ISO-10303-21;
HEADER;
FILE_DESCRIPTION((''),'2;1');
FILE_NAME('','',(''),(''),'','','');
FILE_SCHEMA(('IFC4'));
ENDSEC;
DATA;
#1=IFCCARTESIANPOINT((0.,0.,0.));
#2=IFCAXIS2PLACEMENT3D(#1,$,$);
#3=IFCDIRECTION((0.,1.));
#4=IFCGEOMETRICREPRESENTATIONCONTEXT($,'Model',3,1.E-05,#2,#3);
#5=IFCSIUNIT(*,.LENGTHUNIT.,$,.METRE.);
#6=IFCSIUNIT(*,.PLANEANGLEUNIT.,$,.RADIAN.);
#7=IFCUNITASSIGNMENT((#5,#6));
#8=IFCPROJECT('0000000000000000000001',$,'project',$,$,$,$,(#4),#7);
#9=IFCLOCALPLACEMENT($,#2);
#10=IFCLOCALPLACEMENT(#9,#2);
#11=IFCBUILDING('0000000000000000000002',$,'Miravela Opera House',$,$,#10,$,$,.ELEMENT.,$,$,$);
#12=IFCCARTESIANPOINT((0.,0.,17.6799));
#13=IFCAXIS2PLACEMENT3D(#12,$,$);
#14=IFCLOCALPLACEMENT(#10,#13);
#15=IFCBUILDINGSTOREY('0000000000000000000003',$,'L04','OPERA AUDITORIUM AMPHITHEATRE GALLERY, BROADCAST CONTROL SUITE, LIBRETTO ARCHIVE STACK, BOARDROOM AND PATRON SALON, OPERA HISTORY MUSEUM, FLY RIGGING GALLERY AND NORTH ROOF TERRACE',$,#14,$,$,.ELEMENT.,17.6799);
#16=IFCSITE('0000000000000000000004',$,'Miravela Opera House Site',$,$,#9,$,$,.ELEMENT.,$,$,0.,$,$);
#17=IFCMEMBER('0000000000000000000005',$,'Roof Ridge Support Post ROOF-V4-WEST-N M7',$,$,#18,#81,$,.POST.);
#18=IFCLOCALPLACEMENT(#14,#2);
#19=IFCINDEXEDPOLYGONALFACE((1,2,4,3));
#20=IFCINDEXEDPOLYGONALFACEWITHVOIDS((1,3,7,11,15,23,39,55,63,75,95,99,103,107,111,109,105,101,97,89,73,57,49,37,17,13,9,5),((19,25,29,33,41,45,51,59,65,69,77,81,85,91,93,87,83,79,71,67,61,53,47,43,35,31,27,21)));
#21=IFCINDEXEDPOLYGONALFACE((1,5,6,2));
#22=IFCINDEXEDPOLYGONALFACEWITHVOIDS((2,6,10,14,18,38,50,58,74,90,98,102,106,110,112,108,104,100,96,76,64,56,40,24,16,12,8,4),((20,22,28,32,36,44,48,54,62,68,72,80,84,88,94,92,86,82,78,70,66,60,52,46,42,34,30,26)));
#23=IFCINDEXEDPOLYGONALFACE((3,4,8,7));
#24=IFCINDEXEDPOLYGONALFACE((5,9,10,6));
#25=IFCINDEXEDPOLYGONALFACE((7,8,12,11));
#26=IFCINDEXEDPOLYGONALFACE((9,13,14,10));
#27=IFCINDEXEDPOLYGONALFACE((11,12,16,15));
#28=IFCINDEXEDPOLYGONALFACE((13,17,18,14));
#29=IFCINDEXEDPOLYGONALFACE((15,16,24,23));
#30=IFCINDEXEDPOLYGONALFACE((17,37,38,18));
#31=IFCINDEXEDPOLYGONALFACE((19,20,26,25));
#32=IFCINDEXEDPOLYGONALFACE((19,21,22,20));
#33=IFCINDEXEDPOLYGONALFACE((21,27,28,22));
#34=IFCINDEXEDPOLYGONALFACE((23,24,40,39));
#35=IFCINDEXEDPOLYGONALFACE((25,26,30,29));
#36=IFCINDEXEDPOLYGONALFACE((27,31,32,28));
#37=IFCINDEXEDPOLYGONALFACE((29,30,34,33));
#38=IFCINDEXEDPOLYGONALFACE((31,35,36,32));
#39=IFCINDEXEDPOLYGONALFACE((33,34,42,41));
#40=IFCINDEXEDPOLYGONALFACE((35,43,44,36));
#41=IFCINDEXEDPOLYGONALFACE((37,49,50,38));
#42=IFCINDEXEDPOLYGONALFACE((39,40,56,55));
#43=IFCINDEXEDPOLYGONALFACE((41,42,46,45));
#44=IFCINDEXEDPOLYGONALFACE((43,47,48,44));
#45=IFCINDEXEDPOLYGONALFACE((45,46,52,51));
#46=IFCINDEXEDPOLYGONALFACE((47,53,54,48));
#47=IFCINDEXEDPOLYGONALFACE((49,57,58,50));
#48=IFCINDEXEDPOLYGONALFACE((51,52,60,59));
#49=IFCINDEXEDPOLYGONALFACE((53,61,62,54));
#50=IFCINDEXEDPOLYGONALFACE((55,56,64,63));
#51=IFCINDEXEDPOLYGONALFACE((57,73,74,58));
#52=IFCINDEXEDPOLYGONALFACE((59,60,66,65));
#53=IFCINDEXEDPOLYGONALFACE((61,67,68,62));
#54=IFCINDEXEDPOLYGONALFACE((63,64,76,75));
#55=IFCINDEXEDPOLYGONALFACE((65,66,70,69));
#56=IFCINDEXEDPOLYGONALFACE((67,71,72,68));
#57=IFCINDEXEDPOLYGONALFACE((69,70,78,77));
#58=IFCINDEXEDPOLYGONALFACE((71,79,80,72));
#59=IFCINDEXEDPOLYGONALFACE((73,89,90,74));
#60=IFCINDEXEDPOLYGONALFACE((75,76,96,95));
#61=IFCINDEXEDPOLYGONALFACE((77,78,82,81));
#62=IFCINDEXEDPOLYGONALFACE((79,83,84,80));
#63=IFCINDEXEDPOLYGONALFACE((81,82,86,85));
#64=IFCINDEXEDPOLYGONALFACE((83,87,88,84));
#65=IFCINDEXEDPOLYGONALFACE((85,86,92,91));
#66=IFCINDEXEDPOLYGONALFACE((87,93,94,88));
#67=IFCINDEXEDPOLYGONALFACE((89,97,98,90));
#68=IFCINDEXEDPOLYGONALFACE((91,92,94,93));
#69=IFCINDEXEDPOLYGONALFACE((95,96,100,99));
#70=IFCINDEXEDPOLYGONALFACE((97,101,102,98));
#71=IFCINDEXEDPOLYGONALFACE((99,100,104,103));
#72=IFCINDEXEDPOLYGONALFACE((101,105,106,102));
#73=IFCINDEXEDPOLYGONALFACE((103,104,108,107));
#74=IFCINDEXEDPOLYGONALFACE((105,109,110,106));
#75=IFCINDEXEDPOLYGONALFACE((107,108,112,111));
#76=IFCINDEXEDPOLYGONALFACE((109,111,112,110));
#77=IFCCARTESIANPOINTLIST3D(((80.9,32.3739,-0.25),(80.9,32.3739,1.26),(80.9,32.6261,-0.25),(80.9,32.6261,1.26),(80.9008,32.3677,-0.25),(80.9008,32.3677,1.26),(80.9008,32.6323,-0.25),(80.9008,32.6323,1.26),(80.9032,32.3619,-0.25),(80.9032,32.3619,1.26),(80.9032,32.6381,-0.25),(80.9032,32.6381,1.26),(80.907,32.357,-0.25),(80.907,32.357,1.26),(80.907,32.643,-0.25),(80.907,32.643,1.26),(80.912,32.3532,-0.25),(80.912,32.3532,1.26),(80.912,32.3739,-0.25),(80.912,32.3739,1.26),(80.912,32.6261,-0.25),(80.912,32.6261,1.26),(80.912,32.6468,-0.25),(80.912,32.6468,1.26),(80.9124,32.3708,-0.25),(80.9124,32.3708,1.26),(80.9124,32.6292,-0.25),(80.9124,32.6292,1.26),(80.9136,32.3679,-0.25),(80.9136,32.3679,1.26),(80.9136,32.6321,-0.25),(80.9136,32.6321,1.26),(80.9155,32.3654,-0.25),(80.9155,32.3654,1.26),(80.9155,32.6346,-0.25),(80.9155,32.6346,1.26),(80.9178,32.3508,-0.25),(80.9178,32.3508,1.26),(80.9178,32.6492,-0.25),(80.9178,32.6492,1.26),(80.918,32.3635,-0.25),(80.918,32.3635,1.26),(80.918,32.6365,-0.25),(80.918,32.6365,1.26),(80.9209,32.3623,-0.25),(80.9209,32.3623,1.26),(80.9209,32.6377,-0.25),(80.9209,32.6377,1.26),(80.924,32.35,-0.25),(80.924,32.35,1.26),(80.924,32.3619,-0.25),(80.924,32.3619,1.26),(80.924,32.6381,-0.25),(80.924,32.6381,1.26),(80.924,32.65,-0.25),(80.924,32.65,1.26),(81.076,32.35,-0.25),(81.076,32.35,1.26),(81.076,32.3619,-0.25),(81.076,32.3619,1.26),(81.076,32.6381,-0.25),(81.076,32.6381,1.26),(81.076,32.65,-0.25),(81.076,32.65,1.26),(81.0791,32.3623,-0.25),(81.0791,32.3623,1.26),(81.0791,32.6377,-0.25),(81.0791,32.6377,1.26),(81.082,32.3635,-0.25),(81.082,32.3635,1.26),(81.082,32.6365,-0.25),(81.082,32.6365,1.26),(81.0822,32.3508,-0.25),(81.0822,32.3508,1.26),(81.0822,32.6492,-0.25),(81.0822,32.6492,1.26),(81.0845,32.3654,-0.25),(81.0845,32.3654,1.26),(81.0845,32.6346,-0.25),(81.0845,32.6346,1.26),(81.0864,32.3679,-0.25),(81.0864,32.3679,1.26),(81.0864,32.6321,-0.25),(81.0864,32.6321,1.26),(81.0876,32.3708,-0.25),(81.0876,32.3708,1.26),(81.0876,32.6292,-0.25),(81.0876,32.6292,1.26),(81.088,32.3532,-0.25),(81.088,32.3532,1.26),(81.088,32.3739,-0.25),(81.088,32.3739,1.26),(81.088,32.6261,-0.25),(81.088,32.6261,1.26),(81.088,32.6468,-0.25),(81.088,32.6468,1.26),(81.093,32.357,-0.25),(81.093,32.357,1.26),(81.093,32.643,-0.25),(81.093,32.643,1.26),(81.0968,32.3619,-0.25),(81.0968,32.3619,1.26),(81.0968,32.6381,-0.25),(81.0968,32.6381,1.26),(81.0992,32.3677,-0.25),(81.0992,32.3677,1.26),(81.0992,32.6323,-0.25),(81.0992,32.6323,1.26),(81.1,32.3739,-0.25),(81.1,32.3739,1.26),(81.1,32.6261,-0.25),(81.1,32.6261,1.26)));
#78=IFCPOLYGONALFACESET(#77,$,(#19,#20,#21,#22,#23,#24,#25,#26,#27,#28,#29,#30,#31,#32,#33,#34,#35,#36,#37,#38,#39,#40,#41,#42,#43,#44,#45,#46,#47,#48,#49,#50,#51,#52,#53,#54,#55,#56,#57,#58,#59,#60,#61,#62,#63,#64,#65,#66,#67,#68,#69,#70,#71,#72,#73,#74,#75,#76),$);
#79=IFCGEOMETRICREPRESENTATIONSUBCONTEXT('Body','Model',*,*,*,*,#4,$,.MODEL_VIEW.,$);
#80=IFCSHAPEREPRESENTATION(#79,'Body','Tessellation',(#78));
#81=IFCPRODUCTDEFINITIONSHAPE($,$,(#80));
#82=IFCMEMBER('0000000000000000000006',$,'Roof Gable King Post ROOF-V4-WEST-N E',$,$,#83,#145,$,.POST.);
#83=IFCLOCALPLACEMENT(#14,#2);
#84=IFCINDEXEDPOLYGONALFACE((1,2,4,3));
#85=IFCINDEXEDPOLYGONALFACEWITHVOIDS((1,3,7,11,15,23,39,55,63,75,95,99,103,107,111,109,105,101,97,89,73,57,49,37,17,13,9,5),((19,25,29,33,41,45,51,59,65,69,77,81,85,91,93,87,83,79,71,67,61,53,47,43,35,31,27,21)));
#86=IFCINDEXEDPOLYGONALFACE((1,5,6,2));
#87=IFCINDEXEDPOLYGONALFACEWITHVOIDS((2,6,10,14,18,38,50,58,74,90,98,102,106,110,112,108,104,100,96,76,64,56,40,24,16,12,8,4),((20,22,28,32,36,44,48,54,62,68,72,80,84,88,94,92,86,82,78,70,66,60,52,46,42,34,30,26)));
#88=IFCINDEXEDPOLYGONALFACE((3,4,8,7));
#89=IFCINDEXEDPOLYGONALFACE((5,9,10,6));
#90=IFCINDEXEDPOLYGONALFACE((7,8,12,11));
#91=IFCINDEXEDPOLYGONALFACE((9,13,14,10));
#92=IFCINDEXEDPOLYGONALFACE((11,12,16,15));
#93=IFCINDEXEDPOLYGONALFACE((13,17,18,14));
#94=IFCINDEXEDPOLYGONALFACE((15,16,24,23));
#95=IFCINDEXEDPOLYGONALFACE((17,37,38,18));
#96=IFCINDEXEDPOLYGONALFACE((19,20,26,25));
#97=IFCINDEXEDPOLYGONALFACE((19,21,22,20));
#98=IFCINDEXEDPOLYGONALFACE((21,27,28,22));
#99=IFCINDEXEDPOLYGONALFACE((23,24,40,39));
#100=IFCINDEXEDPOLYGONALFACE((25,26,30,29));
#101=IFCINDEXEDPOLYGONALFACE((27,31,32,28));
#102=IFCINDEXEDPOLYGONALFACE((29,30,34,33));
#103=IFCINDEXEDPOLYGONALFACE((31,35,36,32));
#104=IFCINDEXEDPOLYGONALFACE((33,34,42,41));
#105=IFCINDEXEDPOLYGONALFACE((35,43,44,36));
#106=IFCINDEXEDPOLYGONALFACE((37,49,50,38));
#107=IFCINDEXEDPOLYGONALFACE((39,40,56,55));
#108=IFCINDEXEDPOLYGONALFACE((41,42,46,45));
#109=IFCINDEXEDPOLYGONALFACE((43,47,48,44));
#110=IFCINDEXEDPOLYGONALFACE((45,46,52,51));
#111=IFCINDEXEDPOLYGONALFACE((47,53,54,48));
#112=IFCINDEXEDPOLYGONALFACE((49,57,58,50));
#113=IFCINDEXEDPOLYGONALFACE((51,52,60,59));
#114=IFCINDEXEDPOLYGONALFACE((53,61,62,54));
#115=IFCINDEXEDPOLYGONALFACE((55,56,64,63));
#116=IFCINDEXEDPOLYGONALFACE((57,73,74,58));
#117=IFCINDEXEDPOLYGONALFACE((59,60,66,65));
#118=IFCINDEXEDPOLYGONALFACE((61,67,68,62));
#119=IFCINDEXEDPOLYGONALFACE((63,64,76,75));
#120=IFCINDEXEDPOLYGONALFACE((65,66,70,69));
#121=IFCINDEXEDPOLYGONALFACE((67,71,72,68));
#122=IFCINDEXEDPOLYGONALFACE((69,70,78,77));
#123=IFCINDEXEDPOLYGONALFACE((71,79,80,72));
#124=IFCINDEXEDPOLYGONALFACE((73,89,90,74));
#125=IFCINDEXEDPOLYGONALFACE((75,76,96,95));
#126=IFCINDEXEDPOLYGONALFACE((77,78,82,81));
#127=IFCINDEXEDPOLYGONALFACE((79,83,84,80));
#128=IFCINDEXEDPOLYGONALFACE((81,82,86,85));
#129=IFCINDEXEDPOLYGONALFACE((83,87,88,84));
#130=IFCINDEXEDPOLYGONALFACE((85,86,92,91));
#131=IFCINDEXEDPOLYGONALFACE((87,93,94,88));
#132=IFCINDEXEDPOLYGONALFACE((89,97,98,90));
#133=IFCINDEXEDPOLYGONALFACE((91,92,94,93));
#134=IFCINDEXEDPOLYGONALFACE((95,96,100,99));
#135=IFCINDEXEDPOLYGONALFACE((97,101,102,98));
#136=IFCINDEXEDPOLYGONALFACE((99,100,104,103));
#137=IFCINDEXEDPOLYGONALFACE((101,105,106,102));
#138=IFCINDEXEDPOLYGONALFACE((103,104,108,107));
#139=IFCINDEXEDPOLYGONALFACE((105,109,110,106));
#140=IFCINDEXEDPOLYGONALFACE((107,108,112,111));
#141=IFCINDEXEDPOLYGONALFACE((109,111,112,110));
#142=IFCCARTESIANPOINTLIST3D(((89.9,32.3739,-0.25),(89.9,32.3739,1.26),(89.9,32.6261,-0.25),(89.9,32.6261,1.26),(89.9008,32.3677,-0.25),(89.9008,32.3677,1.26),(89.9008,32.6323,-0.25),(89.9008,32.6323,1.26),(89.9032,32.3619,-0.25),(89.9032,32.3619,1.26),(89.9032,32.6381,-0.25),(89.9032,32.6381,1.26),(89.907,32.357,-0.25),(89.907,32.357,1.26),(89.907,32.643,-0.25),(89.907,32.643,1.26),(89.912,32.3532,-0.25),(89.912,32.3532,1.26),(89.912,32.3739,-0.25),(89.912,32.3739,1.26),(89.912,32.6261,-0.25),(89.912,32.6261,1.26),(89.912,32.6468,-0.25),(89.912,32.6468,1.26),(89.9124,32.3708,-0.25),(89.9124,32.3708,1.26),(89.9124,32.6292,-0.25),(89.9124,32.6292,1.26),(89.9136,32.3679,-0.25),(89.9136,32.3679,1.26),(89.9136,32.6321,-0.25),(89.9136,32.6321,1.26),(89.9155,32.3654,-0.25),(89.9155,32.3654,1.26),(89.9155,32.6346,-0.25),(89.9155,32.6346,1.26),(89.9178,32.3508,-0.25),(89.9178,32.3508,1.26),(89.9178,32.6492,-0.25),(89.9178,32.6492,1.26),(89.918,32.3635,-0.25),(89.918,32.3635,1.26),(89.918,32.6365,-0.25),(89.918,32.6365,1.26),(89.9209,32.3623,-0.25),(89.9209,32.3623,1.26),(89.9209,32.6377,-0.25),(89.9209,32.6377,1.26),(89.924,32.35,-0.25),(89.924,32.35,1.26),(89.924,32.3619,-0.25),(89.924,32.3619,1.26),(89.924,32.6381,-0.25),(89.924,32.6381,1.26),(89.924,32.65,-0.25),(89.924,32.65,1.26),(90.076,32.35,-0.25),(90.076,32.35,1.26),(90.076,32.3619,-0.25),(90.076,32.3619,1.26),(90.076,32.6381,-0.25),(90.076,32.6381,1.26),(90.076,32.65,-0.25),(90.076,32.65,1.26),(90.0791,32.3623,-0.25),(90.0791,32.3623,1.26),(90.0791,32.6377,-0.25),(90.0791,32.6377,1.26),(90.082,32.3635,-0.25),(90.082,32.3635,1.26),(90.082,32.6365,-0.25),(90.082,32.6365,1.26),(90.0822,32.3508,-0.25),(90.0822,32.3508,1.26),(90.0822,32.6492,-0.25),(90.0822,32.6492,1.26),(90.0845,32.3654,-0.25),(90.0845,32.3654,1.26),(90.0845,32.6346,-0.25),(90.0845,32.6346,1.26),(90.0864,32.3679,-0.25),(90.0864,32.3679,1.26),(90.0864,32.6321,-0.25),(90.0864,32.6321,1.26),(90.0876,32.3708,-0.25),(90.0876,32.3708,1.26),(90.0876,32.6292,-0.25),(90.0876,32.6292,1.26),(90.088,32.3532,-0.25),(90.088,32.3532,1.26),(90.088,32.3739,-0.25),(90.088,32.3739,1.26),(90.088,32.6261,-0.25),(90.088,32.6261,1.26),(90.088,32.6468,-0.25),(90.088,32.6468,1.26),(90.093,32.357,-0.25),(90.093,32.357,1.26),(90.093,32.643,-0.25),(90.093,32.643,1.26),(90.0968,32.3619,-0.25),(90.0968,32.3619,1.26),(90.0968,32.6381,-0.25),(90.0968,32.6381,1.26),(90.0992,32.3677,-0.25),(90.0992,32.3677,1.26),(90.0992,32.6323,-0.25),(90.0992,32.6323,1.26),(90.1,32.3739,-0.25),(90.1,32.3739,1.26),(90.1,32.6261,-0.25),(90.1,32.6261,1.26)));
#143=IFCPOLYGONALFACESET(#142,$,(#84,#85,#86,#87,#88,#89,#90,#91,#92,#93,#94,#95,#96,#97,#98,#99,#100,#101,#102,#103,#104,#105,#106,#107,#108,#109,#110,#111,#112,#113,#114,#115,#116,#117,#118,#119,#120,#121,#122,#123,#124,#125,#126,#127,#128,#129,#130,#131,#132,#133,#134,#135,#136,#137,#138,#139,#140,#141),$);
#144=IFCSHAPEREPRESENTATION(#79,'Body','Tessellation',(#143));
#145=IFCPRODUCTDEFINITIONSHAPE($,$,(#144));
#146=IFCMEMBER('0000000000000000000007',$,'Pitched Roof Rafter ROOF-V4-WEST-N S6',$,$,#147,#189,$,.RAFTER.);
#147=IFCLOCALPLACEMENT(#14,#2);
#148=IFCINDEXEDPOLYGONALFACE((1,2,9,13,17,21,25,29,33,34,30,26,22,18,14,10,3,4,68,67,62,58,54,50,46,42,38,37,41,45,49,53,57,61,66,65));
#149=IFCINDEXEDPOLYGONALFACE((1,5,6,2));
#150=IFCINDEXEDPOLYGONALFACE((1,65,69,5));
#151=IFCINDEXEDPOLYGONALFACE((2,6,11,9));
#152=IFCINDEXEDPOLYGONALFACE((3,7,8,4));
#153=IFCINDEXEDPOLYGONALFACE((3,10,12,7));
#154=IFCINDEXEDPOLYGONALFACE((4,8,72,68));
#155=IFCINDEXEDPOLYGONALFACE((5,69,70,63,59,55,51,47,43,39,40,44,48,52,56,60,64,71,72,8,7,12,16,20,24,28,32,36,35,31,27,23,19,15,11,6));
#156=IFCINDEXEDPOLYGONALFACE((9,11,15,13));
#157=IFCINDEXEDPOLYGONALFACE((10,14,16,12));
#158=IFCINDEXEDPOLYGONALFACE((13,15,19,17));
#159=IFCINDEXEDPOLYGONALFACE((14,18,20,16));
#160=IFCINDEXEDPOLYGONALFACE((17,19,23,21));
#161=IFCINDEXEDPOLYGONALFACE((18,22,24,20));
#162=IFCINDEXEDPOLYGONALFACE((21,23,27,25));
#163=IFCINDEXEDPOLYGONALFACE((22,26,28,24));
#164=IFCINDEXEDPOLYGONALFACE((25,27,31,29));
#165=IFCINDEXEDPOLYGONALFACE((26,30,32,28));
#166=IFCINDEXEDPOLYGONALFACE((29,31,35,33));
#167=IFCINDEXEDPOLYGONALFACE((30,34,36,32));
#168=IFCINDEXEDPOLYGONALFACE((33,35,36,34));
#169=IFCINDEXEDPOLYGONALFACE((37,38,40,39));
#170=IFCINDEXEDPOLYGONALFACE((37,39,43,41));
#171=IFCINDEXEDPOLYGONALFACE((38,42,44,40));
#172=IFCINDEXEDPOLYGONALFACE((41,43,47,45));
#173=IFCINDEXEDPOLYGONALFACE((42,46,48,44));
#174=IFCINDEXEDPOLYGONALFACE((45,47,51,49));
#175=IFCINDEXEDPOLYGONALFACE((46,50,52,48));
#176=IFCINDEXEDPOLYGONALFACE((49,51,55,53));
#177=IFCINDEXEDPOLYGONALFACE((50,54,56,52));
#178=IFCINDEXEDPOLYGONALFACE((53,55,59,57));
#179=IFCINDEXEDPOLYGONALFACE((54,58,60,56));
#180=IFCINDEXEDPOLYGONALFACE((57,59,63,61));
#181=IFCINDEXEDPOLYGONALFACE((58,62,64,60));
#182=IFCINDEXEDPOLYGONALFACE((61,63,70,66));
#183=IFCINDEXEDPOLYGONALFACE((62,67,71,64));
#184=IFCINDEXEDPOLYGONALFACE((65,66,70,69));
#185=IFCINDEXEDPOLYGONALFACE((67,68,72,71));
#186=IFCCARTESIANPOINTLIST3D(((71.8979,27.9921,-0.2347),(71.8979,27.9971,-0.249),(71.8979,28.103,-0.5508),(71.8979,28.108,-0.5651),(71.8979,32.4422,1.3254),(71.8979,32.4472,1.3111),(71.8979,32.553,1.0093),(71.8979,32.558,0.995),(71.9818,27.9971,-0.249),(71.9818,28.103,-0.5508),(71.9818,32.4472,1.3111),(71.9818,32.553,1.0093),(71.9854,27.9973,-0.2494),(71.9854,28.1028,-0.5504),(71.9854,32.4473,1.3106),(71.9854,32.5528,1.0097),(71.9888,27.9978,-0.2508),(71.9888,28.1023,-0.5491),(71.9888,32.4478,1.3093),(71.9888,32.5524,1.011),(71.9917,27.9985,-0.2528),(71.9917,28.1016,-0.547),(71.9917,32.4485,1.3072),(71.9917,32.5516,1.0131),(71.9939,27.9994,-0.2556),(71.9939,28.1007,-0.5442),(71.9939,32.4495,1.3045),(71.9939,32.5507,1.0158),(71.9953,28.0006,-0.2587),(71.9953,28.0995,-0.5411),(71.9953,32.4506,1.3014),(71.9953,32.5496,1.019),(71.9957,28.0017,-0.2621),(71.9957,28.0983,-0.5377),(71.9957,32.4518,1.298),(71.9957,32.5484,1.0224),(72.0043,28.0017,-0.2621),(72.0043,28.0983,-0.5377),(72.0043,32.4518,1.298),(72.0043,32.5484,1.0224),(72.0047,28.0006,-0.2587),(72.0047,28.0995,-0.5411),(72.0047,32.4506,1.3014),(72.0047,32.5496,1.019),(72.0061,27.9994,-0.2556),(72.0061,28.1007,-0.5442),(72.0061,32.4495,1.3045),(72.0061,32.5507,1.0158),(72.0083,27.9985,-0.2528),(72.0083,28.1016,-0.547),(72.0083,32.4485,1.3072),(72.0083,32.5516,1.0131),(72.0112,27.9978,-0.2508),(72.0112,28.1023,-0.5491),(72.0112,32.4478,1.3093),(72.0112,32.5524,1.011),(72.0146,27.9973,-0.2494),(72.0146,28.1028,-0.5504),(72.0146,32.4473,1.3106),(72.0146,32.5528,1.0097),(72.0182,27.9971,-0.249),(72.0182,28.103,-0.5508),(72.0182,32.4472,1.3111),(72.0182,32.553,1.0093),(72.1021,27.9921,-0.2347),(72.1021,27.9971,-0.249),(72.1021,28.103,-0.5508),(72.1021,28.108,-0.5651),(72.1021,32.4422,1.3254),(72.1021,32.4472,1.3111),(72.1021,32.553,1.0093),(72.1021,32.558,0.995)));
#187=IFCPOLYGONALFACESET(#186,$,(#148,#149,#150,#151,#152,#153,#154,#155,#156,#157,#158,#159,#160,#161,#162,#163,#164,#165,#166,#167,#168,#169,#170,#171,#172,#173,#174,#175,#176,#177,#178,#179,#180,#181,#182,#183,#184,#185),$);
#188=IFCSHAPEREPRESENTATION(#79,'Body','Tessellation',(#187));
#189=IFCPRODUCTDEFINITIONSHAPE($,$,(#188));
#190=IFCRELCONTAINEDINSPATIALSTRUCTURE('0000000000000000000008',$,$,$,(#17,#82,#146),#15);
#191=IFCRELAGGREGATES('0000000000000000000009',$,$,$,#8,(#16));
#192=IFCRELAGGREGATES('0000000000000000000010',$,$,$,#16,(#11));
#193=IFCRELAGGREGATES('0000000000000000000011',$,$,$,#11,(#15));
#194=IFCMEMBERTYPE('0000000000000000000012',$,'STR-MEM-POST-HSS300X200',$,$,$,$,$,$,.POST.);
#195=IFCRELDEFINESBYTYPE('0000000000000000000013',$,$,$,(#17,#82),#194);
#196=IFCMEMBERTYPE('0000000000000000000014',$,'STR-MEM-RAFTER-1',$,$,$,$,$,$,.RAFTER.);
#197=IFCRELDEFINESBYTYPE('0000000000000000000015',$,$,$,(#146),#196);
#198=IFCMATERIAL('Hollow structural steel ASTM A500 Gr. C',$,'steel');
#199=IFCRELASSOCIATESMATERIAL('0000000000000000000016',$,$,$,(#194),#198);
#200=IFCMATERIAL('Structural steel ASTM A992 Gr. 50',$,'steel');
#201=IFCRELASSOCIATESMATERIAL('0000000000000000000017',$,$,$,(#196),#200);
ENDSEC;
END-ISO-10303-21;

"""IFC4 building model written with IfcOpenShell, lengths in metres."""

from ifc_helpers import new_model, si_unit, direction, frame, origin, origin_2d, place, context, subcontext, project, spatial, hollow_rectangle, i_section, extrude, material, material_profile, profile_set, type_object, element, save


model = new_model("IFC4")

# Units and contexts
model_context = context("Model", 3, precision=1e-05, world=origin(), true_north=direction((0.0, 1.0)))
body_context = subcontext(model_context, "Body", "Model", "MODEL_VIEW")
ifc_project = project(units=[si_unit("LENGTHUNIT", "METRE"), si_unit("PLANEANGLEUNIT", "RADIAN")], contexts=[model_context])

# Site, building, storey
site_placement = place(None, origin())
site = spatial("IfcSite", under=ifc_project, at=site_placement, Name="Miravela Opera House Site", CompositionType="ELEMENT", RefElevation=0.0)
building_placement = place(site_placement, origin())
building = spatial("IfcBuilding", under=site, at=building_placement, Name="Miravela Opera House", CompositionType="ELEMENT")
storey_placement = place(building_placement, frame((0.0, 0.0, 17.6799)))
storey = spatial("IfcBuildingStorey", under=building, at=storey_placement, Name="L04", Description="OPERA AUDITORIUM AMPHITHEATRE GALLERY, BROADCAST CONTROL SUITE, LIBRETTO ARCHIVE STACK, BOARDROOM AND PATRON SALON, OPERA HISTORY MUSEUM, FLY RIGGING GALLERY AND NORTH ROOF TERRACE", CompositionType="ELEMENT", Elevation=17.6799)

# Members
ifc_material_1 = material(Name="Hollow structural steel ASTM A500 Gr. C", Category="steel")
ifc_material_profile_1 = material_profile(ifc_material_1, hollow_rectangle(XDim=0.2, YDim=0.3, WallThickness=0.012, InnerFilletRadius=0.012, OuterFilletRadius=0.0239, at=origin_2d()), Name="HSS300X200X12")
ifc_profile_set_1 = profile_set([ifc_material_profile_1])
member_type_1 = type_object("IfcMemberType", Name="STR-MEM-POST-HSS300X200", PredefinedType="POST", material=ifc_profile_set_1)
for number, where, z_axis, x_axis, name in (
    (1, (81.0, 32.5, -0.25), (0.0, 0.0, 1.0), (1.0, 0.0, 0.0), "Roof Ridge Support Post ROOF-V4-WEST-N M7"),
    (2, (90.0, 32.5, -0.25), (0.0, 0.0, 1.0), (1.0, 0.0, 0.0), "Roof Gable King Post ROOF-V4-WEST-N E"),
):
    element("IfcMember", number, at=place(storey_placement, frame(where, z_axis=z_axis, x_axis=x_axis)), inside=storey, type_object=member_type_1, Name=name, PredefinedType="POST", context=body_context, shape_type="SweptSolid", body=[
        extrude(hollow_rectangle(XDim=0.2, YDim=0.3, WallThickness=0.012, InnerFilletRadius=0.012, OuterFilletRadius=0.0239, at=origin_2d()), origin(), (0.0, 0.0, 1.0), 1.51),
    ])
ifc_material_2 = material(Name="Structural steel ASTM A992 Gr. 50", Category="steel")
ifc_material_profile_2 = material_profile(ifc_material_2, i_section(OverallWidth=0.2041, OverallDepth=0.3501, WebThickness=0.0085, FlangeThickness=0.0151, FilletRadius=0.0139, at=origin_2d()), Name="W360X72")
ifc_profile_set_2 = profile_set([ifc_material_profile_2])
member_type_2 = type_object("IfcMemberType", Name="STR-MEM-RAFTER-1", PredefinedType="RAFTER", material=ifc_profile_set_2)
for number, where, z_axis, x_axis, name in (
    (3, (72.0, 28.05, -0.3999), (0.0, 0.943688, 0.330837), (-1.0, 0.0, 0.0), "Pitched Roof Rafter ROOF-V4-WEST-N S6"),
):
    element("IfcMember", number, at=place(storey_placement, frame(where, z_axis=z_axis, x_axis=x_axis)), inside=storey, type_object=member_type_2, Name=name, PredefinedType="RAFTER", context=body_context, shape_type="SweptSolid", body=[
        extrude(i_section(OverallWidth=0.2041, OverallDepth=0.3501, WebThickness=0.0085, FlangeThickness=0.0151, FilletRadius=0.0139, at=origin_2d()), origin(), (0.0, 0.0, 1.0), 4.7156),
    ])

save(model, "model.ifc")
